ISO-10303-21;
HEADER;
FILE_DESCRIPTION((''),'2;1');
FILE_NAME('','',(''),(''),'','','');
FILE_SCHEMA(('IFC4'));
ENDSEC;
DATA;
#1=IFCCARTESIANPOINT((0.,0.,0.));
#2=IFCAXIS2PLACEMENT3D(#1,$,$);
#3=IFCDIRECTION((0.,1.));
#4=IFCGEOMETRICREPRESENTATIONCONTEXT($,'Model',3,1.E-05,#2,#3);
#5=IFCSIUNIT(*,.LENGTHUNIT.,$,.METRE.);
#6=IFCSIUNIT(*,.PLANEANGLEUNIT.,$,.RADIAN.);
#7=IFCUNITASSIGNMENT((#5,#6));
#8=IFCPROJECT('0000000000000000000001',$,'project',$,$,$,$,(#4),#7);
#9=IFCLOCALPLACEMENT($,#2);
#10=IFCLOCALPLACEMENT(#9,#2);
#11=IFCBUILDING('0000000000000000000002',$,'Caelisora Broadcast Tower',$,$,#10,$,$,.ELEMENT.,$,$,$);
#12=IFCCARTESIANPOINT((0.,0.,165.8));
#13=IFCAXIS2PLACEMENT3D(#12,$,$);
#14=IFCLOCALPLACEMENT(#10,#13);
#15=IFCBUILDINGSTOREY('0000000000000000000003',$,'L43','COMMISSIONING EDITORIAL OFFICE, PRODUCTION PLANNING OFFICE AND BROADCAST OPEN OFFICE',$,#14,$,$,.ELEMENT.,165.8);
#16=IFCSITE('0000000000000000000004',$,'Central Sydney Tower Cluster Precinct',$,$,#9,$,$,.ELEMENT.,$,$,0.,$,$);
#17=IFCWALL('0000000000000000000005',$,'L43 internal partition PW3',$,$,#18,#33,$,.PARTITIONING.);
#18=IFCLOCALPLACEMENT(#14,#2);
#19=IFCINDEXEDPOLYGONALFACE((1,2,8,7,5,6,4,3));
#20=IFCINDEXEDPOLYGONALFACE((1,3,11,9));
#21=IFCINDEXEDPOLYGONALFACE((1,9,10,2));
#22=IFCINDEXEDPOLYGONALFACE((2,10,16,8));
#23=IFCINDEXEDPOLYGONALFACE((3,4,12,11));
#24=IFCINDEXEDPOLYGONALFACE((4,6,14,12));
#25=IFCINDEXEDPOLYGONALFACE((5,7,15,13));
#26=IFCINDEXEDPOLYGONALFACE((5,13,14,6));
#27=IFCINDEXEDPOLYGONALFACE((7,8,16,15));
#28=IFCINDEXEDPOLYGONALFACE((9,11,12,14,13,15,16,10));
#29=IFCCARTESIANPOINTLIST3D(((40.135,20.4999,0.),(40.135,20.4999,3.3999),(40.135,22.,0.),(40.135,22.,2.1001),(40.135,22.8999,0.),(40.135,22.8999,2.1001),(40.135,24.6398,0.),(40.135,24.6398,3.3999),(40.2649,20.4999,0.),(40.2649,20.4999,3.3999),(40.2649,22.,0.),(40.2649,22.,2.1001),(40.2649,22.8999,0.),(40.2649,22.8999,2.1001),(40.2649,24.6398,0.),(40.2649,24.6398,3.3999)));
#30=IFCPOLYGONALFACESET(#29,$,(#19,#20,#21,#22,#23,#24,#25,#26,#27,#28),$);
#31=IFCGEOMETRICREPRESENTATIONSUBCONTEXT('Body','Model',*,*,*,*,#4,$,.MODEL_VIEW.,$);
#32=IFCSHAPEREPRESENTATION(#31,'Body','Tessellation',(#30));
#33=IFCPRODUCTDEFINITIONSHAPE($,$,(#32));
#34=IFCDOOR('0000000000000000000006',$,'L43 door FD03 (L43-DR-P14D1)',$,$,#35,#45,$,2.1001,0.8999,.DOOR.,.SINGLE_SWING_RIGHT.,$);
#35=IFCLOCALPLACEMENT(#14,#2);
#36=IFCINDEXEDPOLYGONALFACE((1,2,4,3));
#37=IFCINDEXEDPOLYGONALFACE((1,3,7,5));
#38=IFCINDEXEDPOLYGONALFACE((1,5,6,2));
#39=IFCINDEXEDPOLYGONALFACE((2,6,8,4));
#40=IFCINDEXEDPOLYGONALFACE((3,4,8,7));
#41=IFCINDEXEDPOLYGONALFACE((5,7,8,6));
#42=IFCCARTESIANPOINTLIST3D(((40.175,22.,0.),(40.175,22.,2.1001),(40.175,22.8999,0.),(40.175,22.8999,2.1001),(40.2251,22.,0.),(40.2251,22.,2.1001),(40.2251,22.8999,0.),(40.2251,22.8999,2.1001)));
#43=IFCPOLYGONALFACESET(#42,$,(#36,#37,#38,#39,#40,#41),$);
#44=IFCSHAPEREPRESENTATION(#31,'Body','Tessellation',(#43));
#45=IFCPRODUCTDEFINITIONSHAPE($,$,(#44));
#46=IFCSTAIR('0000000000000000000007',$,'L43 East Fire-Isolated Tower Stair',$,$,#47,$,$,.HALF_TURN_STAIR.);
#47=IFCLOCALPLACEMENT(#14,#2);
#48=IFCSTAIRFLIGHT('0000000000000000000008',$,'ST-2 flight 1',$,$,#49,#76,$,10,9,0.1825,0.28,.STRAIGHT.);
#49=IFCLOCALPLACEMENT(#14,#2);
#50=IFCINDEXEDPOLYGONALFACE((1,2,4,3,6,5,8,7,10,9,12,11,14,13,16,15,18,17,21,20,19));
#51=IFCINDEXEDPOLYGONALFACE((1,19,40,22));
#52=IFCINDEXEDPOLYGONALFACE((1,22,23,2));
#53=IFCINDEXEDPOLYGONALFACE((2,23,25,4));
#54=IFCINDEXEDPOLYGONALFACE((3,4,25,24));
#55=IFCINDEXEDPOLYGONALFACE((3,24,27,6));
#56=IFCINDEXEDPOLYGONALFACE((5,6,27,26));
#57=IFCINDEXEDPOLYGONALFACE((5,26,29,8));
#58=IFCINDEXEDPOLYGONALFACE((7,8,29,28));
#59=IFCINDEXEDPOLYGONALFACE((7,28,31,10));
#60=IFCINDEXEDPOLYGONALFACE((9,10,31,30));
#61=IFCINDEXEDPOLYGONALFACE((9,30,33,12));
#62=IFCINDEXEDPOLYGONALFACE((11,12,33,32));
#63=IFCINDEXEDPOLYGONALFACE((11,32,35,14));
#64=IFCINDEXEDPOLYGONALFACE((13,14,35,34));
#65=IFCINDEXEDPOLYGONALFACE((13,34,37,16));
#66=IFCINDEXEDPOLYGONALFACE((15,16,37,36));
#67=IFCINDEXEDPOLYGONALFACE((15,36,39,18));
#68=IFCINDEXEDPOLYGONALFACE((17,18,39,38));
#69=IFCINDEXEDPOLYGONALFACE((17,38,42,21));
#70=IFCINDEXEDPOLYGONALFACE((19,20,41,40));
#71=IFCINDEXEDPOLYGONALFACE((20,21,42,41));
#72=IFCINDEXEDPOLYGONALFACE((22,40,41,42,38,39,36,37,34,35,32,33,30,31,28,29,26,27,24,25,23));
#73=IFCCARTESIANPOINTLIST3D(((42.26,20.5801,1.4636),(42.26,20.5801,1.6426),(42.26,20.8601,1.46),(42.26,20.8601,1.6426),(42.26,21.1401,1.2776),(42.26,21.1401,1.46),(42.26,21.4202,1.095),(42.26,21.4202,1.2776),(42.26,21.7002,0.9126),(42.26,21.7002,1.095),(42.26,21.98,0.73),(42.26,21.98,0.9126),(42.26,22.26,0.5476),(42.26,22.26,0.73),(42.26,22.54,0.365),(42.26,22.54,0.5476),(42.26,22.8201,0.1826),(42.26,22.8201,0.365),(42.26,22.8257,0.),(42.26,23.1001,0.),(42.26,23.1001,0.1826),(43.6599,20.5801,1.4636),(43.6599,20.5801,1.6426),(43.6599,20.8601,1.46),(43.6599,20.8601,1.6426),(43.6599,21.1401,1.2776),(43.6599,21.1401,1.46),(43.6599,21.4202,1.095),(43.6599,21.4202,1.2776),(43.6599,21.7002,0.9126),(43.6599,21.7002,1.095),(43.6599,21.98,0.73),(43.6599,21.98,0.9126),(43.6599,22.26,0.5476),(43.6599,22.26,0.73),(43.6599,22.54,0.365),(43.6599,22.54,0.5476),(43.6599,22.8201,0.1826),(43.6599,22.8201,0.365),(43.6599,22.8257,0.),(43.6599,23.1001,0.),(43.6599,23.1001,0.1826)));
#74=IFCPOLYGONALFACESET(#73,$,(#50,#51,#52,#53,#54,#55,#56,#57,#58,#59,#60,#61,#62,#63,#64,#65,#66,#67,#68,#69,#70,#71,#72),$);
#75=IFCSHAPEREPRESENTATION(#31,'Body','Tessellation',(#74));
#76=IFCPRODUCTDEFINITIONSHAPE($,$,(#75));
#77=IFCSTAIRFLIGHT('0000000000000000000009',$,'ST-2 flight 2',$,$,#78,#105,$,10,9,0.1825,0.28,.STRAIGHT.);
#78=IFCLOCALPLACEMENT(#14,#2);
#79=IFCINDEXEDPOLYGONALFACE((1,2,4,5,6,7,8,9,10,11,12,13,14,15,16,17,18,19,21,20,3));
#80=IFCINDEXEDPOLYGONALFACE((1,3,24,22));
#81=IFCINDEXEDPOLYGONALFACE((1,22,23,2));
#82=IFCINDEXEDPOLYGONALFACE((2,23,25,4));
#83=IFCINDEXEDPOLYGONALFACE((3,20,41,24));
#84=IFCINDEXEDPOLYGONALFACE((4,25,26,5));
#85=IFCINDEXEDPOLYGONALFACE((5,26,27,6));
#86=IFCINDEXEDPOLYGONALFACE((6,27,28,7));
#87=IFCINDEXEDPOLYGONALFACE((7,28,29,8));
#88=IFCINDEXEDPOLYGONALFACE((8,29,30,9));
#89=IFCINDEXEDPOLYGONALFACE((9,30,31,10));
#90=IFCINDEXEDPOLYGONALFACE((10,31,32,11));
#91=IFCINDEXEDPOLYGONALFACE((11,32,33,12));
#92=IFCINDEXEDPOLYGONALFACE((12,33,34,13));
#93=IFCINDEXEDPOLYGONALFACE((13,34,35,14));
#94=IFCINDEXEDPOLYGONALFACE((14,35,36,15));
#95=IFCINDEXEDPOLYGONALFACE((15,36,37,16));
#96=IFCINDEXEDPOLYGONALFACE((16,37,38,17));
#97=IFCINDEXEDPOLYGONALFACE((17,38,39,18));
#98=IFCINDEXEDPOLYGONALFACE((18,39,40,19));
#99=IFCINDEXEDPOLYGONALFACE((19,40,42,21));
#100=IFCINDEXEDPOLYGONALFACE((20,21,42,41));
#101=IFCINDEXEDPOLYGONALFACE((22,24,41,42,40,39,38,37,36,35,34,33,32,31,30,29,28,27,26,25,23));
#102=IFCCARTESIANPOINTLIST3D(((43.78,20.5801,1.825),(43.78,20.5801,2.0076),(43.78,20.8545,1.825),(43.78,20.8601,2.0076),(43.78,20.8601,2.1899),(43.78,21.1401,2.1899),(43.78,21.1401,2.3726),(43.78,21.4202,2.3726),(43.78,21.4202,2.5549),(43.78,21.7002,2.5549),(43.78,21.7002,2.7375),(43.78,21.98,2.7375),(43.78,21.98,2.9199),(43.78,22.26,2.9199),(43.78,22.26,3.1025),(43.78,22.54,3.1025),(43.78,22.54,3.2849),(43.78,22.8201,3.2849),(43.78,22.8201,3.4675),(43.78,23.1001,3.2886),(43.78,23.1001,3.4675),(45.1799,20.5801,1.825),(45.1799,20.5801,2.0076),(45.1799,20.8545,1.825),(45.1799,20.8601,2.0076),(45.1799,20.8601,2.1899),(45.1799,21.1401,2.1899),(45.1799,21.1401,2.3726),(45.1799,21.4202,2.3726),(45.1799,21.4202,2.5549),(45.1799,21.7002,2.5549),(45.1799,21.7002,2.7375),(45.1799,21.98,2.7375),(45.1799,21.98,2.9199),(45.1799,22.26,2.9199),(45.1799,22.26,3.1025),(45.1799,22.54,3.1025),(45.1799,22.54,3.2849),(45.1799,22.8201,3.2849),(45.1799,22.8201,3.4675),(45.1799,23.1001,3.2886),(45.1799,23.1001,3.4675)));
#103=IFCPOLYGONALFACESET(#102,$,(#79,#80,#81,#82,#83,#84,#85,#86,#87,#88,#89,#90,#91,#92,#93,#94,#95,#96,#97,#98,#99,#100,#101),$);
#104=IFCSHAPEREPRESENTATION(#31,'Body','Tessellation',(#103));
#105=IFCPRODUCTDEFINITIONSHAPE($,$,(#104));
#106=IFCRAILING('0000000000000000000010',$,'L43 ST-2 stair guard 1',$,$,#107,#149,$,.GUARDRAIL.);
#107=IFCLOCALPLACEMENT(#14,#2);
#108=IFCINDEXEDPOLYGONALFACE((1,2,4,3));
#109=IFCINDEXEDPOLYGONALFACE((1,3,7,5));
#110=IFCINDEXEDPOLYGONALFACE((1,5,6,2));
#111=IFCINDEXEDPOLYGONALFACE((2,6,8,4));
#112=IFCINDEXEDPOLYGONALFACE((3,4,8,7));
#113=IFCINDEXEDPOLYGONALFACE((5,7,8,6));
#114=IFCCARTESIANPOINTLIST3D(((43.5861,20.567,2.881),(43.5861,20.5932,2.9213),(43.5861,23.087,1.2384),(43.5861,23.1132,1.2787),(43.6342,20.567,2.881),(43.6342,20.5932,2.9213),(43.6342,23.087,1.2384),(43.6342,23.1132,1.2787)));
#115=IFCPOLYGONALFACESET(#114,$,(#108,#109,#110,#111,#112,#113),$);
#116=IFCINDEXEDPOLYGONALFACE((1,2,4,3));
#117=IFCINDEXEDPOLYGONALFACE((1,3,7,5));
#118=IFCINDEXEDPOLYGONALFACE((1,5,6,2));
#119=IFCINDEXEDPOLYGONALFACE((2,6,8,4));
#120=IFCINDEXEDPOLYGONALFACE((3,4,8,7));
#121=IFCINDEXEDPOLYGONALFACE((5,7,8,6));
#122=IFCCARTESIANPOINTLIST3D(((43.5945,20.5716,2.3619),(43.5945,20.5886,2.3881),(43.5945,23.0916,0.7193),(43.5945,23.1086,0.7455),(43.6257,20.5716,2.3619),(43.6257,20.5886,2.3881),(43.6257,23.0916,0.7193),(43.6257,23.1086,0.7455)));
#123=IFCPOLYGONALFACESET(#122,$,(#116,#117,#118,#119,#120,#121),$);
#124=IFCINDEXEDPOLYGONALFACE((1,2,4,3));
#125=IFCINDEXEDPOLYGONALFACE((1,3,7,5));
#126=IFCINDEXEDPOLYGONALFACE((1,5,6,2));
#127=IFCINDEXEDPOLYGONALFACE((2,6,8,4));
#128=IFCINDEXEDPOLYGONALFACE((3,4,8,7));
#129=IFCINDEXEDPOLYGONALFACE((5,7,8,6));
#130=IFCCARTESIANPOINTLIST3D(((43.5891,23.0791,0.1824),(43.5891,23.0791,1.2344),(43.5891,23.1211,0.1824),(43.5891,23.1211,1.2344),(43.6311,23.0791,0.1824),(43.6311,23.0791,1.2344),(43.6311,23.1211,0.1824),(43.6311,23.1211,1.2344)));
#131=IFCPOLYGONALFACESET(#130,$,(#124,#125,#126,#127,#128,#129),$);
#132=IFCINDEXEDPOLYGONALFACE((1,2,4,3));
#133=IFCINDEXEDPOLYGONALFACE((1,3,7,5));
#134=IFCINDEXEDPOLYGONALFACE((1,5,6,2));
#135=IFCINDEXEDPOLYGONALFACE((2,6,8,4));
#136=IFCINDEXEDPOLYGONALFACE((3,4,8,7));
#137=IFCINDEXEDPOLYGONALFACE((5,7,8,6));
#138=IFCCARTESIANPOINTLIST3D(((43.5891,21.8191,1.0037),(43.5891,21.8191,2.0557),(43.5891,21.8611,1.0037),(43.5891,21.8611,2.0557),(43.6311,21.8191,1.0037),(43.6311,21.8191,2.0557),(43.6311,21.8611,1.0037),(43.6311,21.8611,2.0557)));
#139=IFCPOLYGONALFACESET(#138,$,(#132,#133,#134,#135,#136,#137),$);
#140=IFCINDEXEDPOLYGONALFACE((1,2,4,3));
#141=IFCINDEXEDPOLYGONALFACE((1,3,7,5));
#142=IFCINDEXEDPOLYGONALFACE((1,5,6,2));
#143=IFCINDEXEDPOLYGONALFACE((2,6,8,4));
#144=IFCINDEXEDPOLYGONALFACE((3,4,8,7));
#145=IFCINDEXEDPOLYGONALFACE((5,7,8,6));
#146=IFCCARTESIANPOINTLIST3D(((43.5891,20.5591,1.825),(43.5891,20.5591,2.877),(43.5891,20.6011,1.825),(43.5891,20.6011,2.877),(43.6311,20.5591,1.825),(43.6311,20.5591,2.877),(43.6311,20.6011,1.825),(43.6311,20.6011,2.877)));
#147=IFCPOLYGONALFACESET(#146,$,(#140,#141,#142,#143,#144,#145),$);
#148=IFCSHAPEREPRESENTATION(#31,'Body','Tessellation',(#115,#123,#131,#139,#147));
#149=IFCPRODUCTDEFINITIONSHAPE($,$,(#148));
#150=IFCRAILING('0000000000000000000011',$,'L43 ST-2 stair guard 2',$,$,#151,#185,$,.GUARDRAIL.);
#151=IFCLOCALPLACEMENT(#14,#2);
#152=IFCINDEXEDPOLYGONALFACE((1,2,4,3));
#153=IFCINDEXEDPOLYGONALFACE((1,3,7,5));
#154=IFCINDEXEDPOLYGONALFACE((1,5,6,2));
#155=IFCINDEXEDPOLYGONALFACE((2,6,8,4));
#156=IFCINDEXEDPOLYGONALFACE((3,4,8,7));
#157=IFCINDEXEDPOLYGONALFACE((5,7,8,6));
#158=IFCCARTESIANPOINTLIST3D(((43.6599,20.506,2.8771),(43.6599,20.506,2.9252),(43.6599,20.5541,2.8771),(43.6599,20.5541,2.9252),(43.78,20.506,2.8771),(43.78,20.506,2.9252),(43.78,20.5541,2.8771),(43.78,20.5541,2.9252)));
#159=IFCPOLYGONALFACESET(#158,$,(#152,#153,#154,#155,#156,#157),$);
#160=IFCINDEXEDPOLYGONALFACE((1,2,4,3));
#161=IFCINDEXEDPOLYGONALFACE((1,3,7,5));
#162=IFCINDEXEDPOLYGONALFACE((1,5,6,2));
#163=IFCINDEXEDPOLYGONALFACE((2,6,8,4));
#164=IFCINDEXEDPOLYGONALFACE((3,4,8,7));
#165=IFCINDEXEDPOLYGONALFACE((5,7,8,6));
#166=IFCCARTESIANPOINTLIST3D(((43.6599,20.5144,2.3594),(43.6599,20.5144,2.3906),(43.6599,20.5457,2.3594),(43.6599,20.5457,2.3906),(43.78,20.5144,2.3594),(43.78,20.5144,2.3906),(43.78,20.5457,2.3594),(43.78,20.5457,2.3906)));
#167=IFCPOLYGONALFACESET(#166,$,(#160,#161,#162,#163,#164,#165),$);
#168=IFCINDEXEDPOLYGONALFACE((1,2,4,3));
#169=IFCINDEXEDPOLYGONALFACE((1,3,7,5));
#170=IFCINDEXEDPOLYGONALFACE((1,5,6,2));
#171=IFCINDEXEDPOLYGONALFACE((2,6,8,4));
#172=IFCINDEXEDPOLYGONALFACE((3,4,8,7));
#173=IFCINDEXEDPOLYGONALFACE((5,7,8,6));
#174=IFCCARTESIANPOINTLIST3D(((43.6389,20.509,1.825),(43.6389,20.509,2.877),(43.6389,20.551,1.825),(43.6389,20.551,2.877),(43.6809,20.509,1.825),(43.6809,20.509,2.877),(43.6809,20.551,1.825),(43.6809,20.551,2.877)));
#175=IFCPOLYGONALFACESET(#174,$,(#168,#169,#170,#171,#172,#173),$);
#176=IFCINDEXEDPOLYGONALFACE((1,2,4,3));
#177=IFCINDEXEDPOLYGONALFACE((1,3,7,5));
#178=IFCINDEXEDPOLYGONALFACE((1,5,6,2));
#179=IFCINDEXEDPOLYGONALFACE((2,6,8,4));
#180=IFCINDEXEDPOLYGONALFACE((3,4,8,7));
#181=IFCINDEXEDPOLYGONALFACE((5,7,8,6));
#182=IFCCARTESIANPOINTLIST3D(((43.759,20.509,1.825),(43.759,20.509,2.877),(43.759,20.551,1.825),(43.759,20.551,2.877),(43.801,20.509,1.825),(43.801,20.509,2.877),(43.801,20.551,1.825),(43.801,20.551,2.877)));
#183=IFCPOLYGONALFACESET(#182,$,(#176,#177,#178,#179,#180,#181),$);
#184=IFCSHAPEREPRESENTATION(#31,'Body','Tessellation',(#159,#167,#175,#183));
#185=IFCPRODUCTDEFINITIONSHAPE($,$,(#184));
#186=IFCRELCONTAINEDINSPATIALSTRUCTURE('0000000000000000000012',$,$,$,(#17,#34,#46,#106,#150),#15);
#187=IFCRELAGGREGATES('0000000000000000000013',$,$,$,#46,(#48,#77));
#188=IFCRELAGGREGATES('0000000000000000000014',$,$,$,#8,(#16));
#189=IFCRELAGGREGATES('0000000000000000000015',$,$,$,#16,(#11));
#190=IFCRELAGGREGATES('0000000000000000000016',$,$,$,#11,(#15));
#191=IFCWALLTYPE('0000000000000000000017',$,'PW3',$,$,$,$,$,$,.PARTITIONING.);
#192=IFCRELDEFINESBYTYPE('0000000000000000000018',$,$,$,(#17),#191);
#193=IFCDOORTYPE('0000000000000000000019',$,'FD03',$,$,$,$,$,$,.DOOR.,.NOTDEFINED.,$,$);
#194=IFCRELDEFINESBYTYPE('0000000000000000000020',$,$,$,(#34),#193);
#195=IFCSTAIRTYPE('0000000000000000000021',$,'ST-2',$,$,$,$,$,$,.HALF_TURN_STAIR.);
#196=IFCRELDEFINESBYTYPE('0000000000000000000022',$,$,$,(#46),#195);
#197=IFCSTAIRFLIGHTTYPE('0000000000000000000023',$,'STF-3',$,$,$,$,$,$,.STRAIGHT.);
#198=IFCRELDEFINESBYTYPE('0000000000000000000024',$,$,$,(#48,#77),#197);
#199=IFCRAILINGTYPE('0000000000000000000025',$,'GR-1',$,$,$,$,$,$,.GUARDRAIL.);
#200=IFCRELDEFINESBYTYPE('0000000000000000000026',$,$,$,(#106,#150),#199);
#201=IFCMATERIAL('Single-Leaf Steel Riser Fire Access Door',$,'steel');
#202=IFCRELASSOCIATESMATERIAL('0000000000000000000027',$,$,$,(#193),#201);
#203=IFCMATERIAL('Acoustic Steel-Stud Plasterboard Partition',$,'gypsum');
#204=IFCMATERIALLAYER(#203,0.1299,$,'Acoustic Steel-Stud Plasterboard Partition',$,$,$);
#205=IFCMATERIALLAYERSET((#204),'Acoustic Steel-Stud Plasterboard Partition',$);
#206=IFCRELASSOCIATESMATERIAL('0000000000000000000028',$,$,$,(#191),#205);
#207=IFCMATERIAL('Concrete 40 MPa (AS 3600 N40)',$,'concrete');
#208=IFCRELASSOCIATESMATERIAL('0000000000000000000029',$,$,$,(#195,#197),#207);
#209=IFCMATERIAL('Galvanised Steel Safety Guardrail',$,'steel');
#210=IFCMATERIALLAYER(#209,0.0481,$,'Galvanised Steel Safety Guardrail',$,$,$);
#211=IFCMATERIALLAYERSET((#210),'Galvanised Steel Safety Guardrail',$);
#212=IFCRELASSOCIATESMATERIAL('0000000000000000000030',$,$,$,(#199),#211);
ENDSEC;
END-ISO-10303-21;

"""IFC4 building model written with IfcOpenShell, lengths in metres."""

from ifc_helpers import new_model, si_unit, direction, frame, frame_2d, origin, origin_2d, place, context, subcontext, project, spatial, polyline, rectangle, outline, extrude, material, layer, layer_set, type_object, element, fill, aggregate, save


model = new_model("IFC4")

# Units and contexts
model_context = context("Model", 3, precision=1e-05, world=origin(), true_north=direction((0.0, 1.0)))
body_context = subcontext(model_context, "Body", "Model", "MODEL_VIEW")
ifc_project = project(units=[si_unit("LENGTHUNIT", "METRE"), si_unit("PLANEANGLEUNIT", "RADIAN")], contexts=[model_context])

# Site, building, storey
site_placement = place(None, origin())
site = spatial("IfcSite", under=ifc_project, at=site_placement, Name="Central Sydney Tower Cluster Precinct", CompositionType="ELEMENT", RefElevation=0.0)
building_placement = place(site_placement, origin())
building = spatial("IfcBuilding", under=site, at=building_placement, Name="Caelisora Broadcast Tower", CompositionType="ELEMENT")
storey_placement = place(building_placement, frame((0.0, 0.0, 165.8)))
storey = spatial("IfcBuildingStorey", under=building, at=storey_placement, Name="L43", Description="COMMISSIONING EDITORIAL OFFICE, PRODUCTION PLANNING OFFICE AND BROADCAST OPEN OFFICE", CompositionType="ELEMENT", Elevation=165.8)

# Shared definitions
ifc_material_1 = material(Name="Single-Leaf Steel Riser Fire Access Door", Category="steel")
door_type_1 = type_object("IfcDoorType", Name="FD03", OperationType="NOTDEFINED", PredefinedType="DOOR", material=ifc_material_1)

# Shared definitions
ifc_material_2 = material(Name="Acoustic Steel-Stud Plasterboard Partition", Category="gypsum")
ifc_layer_1 = layer(ifc_material_2, 0.1299, Name="Acoustic Steel-Stud Plasterboard Partition")
ifc_layer_set_1 = layer_set([ifc_layer_1], Name="Acoustic Steel-Stud Plasterboard Partition")
wall_type_1 = type_object("IfcWallType", Name="PW3", PredefinedType="PARTITIONING", material=ifc_layer_set_1)

# Wall, opening, door
wall_1_placement = place(storey_placement, frame((40.2, 20.5, 0.0), z_axis=(0.0, 0.0, 1.0), x_axis=(0.0, 1.0, 0.0)))
wall_1 = element("IfcWall", 1, at=wall_1_placement, inside=storey, type_object=wall_type_1, Name="L43 internal partition PW3", PredefinedType="PARTITIONING", context=body_context, shape_type="SweptSolid", body=[
    extrude(rectangle(XDim=4.1399, YDim=0.1299, at=frame_2d((2.0698, 0.0))), origin(), (0.0, 0.0, 1.0), 3.3999),
])
opening_1_placement = place(wall_1_placement, frame((1.5, 0.0, 0.0)))
opening_1 = element("IfcOpeningElement", 2, at=opening_1_placement, cuts=wall_1, PredefinedType="OPENING", context=body_context, shape_type="SweptSolid", body=[
    extrude(rectangle(XDim=0.8999, YDim=2.1001, at=frame_2d((0.45, 1.05))), frame((0.0, 0.0769, 0.0), z_axis=(0.0, -1.0, 0.0), x_axis=(1.0, 0.0, 0.0)), (0.0, 0.0, 1.0), 0.1538),
])
door_1_placement = place(opening_1_placement, origin())
door_1 = element("IfcDoor", 3, at=door_1_placement, inside=storey, type_object=door_type_1, Name="L43 door FD03 (L43-DR-P14D1)", OperationType="SINGLE_SWING_RIGHT", OverallHeight=2.1001, OverallWidth=0.8999, PredefinedType="DOOR", context=body_context, shape_type="SweptSolid", body=[
    extrude(rectangle(XDim=0.8999, YDim=2.1001, at=frame_2d((0.45, 1.05))), frame((0.0, 0.0249, 0.0), z_axis=(0.0, -1.0, 0.0), x_axis=(1.0, 0.0, 0.0)), (0.0, 0.0, 1.0), 0.05),
])
fill(opening_1, door_1)

# Stair, stair flights
ifc_material_3 = material(Name="Concrete 40 MPa (AS 3600 N40)", Category="concrete")
stair_type = type_object("IfcStairType", Name="ST-2", PredefinedType="HALF_TURN_STAIR", material=ifc_material_3)
stair_placement = place(storey_placement, origin())
stair = element("IfcStair", 4, at=stair_placement, inside=storey, type_object=stair_type, Name="L43 East Fire-Isolated Tower Stair", PredefinedType="HALF_TURN_STAIR")
stair_flight_type = type_object("IfcStairFlightType", Name="STF-3", PredefinedType="STRAIGHT", material=ifc_material_3)
stair_flight_1_placement = place(storey_placement, frame((42.96, 23.1001, 0.0), z_axis=(0.0, 0.0, 1.0), x_axis=(0.0, -1.0, 0.0)))
stair_flight_1 = element("IfcStairFlight", 5, at=stair_flight_1_placement, type_object=stair_flight_type, Name="ST-2 flight 1", NumberOfRisers=10, NumberOfTreads=9, PredefinedType="STRAIGHT", RiserHeight=0.1825, TreadLength=0.28, context=body_context, shape_type="SweptSolid", body=[
    extrude(outline(polyline([(0.0, 0.0), (0.0, 0.1826), (0.28, 0.1826), (0.28, 0.365), (0.5601, 0.365), (0.5601, 0.5476), (0.8401, 0.5476), (0.8401, 0.73), (1.1201, 0.73), (1.1201, 0.9126), (1.3999, 0.9126), (1.3999, 1.095), (1.6799, 1.095), (1.6799, 1.2776), (1.96, 1.2776), (1.96, 1.46), (2.24, 1.46), (2.24, 1.6426), (2.52, 1.6426), (2.52, 1.825), (2.52, 1.4636), (0.2744, 0.0), (0.0, 0.0)])), frame((0.0, 0.7, 0.0), z_axis=(0.0, -1.0, 0.0), x_axis=(1.0, 0.0, 0.0)), (0.0, 0.0, 1.0), 1.3999),
])
stair_flight_2_placement = place(storey_placement, frame((44.48, 20.5801, 1.825), z_axis=(0.0, 0.0, 1.0), x_axis=(0.0, 1.0, 0.0)))
stair_flight_2 = element("IfcStairFlight", 6, at=stair_flight_2_placement, type_object=stair_flight_type, Name="ST-2 flight 2", NumberOfRisers=10, NumberOfTreads=9, PredefinedType="STRAIGHT", RiserHeight=0.1825, TreadLength=0.28, context=body_context, shape_type="SweptSolid", body=[
    extrude(outline(polyline([(0.0, 0.0), (0.0, 0.1826), (0.28, 0.1826), (0.28, 0.365), (0.5601, 0.365), (0.5601, 0.5476), (0.8401, 0.5476), (0.8401, 0.73), (1.1201, 0.73), (1.1201, 0.9126), (1.3999, 0.9126), (1.3999, 1.095), (1.6799, 1.095), (1.6799, 1.2776), (1.96, 1.2776), (1.96, 1.46), (2.24, 1.46), (2.24, 1.6426), (2.52, 1.6426), (2.52, 1.825), (2.52, 1.4636), (0.2744, 0.0), (0.0, 0.0)])), frame((0.0, 0.7, 0.0), z_axis=(0.0, -1.0, 0.0), x_axis=(1.0, 0.0, 0.0)), (0.0, 0.0, 1.0), 1.3999),
])
aggregate(stair, [stair_flight_1, stair_flight_2])

# Railings
ifc_material_4 = material(Name="Galvanised Steel Safety Guardrail", Category="steel")
ifc_layer_2 = layer(ifc_material_4, 0.0481, Name="Galvanised Steel Safety Guardrail")
ifc_layer_set_2 = layer_set([ifc_layer_2], Name="Galvanised Steel Safety Guardrail")
railing_type_1 = type_object("IfcRailingType", Name="GR-1", PredefinedType="GUARDRAIL", material=ifc_layer_set_2)
railing_1_placement = place(storey_placement, frame((43.6101, 23.1001, 0.1824)))
element("IfcRailing", 7, at=railing_1_placement, inside=storey, type_object=railing_type_1, Name="L43 ST-2 stair guard 1", PredefinedType="GUARDRAIL", context=body_context, shape_type="SweptSolid", body=[
    extrude(rectangle(XDim=0.0481, YDim=0.0481, at=origin_2d()), frame((0.0, 0.0, 1.0762), z_axis=(0.0, -0.837749, 0.546055), x_axis=(1.0, 0.0, 0.0)), (0.0, 0.0, 1.0), 3.0081),
    extrude(rectangle(XDim=0.0312, YDim=0.0312, at=origin_2d()), frame((0.0, 0.0, 0.55), z_axis=(0.0, -0.837749, 0.546055), x_axis=(1.0, 0.0, 0.0)), (0.0, 0.0, 1.0), 3.0081),
    extrude(rectangle(XDim=0.042, YDim=0.042, at=origin_2d()), origin(), (0.0, 0.0, 1.0), 1.052),
    extrude(rectangle(XDim=0.042, YDim=0.042, at=origin_2d()), frame((0.0, -1.26, 0.8213)), (0.0, 0.0, 1.0), 1.052),
    extrude(rectangle(XDim=0.042, YDim=0.042, at=origin_2d()), frame((0.0, -2.52, 1.6426)), (0.0, 0.0, 1.0), 1.052),
])
railing_2_placement = place(storey_placement, frame((43.6599, 20.53, 1.825)))
element("IfcRailing", 8, at=railing_2_placement, inside=storey, type_object=railing_type_1, Name="L43 ST-2 stair guard 2", PredefinedType="GUARDRAIL", context=body_context, shape_type="SweptSolid", body=[
    extrude(rectangle(XDim=0.0481, YDim=0.0481, at=origin_2d()), frame((0.0, 0.0, 1.0762), z_axis=(1.0, 0.0, 0.0), x_axis=(0.0, 1.0, 0.0)), (0.0, 0.0, 1.0), 0.1201),
    extrude(rectangle(XDim=0.0312, YDim=0.0312, at=origin_2d()), frame((0.0, 0.0, 0.55), z_axis=(1.0, 0.0, 0.0), x_axis=(0.0, 1.0, 0.0)), (0.0, 0.0, 1.0), 0.1201),
    extrude(rectangle(XDim=0.042, YDim=0.042, at=origin_2d()), origin(), (0.0, 0.0, 1.0), 1.052),
    extrude(rectangle(XDim=0.042, YDim=0.042, at=origin_2d()), frame((0.1201, 0.0, 0.0)), (0.0, 0.0, 1.0), 1.052),
])

save(model, "model.ifc")
